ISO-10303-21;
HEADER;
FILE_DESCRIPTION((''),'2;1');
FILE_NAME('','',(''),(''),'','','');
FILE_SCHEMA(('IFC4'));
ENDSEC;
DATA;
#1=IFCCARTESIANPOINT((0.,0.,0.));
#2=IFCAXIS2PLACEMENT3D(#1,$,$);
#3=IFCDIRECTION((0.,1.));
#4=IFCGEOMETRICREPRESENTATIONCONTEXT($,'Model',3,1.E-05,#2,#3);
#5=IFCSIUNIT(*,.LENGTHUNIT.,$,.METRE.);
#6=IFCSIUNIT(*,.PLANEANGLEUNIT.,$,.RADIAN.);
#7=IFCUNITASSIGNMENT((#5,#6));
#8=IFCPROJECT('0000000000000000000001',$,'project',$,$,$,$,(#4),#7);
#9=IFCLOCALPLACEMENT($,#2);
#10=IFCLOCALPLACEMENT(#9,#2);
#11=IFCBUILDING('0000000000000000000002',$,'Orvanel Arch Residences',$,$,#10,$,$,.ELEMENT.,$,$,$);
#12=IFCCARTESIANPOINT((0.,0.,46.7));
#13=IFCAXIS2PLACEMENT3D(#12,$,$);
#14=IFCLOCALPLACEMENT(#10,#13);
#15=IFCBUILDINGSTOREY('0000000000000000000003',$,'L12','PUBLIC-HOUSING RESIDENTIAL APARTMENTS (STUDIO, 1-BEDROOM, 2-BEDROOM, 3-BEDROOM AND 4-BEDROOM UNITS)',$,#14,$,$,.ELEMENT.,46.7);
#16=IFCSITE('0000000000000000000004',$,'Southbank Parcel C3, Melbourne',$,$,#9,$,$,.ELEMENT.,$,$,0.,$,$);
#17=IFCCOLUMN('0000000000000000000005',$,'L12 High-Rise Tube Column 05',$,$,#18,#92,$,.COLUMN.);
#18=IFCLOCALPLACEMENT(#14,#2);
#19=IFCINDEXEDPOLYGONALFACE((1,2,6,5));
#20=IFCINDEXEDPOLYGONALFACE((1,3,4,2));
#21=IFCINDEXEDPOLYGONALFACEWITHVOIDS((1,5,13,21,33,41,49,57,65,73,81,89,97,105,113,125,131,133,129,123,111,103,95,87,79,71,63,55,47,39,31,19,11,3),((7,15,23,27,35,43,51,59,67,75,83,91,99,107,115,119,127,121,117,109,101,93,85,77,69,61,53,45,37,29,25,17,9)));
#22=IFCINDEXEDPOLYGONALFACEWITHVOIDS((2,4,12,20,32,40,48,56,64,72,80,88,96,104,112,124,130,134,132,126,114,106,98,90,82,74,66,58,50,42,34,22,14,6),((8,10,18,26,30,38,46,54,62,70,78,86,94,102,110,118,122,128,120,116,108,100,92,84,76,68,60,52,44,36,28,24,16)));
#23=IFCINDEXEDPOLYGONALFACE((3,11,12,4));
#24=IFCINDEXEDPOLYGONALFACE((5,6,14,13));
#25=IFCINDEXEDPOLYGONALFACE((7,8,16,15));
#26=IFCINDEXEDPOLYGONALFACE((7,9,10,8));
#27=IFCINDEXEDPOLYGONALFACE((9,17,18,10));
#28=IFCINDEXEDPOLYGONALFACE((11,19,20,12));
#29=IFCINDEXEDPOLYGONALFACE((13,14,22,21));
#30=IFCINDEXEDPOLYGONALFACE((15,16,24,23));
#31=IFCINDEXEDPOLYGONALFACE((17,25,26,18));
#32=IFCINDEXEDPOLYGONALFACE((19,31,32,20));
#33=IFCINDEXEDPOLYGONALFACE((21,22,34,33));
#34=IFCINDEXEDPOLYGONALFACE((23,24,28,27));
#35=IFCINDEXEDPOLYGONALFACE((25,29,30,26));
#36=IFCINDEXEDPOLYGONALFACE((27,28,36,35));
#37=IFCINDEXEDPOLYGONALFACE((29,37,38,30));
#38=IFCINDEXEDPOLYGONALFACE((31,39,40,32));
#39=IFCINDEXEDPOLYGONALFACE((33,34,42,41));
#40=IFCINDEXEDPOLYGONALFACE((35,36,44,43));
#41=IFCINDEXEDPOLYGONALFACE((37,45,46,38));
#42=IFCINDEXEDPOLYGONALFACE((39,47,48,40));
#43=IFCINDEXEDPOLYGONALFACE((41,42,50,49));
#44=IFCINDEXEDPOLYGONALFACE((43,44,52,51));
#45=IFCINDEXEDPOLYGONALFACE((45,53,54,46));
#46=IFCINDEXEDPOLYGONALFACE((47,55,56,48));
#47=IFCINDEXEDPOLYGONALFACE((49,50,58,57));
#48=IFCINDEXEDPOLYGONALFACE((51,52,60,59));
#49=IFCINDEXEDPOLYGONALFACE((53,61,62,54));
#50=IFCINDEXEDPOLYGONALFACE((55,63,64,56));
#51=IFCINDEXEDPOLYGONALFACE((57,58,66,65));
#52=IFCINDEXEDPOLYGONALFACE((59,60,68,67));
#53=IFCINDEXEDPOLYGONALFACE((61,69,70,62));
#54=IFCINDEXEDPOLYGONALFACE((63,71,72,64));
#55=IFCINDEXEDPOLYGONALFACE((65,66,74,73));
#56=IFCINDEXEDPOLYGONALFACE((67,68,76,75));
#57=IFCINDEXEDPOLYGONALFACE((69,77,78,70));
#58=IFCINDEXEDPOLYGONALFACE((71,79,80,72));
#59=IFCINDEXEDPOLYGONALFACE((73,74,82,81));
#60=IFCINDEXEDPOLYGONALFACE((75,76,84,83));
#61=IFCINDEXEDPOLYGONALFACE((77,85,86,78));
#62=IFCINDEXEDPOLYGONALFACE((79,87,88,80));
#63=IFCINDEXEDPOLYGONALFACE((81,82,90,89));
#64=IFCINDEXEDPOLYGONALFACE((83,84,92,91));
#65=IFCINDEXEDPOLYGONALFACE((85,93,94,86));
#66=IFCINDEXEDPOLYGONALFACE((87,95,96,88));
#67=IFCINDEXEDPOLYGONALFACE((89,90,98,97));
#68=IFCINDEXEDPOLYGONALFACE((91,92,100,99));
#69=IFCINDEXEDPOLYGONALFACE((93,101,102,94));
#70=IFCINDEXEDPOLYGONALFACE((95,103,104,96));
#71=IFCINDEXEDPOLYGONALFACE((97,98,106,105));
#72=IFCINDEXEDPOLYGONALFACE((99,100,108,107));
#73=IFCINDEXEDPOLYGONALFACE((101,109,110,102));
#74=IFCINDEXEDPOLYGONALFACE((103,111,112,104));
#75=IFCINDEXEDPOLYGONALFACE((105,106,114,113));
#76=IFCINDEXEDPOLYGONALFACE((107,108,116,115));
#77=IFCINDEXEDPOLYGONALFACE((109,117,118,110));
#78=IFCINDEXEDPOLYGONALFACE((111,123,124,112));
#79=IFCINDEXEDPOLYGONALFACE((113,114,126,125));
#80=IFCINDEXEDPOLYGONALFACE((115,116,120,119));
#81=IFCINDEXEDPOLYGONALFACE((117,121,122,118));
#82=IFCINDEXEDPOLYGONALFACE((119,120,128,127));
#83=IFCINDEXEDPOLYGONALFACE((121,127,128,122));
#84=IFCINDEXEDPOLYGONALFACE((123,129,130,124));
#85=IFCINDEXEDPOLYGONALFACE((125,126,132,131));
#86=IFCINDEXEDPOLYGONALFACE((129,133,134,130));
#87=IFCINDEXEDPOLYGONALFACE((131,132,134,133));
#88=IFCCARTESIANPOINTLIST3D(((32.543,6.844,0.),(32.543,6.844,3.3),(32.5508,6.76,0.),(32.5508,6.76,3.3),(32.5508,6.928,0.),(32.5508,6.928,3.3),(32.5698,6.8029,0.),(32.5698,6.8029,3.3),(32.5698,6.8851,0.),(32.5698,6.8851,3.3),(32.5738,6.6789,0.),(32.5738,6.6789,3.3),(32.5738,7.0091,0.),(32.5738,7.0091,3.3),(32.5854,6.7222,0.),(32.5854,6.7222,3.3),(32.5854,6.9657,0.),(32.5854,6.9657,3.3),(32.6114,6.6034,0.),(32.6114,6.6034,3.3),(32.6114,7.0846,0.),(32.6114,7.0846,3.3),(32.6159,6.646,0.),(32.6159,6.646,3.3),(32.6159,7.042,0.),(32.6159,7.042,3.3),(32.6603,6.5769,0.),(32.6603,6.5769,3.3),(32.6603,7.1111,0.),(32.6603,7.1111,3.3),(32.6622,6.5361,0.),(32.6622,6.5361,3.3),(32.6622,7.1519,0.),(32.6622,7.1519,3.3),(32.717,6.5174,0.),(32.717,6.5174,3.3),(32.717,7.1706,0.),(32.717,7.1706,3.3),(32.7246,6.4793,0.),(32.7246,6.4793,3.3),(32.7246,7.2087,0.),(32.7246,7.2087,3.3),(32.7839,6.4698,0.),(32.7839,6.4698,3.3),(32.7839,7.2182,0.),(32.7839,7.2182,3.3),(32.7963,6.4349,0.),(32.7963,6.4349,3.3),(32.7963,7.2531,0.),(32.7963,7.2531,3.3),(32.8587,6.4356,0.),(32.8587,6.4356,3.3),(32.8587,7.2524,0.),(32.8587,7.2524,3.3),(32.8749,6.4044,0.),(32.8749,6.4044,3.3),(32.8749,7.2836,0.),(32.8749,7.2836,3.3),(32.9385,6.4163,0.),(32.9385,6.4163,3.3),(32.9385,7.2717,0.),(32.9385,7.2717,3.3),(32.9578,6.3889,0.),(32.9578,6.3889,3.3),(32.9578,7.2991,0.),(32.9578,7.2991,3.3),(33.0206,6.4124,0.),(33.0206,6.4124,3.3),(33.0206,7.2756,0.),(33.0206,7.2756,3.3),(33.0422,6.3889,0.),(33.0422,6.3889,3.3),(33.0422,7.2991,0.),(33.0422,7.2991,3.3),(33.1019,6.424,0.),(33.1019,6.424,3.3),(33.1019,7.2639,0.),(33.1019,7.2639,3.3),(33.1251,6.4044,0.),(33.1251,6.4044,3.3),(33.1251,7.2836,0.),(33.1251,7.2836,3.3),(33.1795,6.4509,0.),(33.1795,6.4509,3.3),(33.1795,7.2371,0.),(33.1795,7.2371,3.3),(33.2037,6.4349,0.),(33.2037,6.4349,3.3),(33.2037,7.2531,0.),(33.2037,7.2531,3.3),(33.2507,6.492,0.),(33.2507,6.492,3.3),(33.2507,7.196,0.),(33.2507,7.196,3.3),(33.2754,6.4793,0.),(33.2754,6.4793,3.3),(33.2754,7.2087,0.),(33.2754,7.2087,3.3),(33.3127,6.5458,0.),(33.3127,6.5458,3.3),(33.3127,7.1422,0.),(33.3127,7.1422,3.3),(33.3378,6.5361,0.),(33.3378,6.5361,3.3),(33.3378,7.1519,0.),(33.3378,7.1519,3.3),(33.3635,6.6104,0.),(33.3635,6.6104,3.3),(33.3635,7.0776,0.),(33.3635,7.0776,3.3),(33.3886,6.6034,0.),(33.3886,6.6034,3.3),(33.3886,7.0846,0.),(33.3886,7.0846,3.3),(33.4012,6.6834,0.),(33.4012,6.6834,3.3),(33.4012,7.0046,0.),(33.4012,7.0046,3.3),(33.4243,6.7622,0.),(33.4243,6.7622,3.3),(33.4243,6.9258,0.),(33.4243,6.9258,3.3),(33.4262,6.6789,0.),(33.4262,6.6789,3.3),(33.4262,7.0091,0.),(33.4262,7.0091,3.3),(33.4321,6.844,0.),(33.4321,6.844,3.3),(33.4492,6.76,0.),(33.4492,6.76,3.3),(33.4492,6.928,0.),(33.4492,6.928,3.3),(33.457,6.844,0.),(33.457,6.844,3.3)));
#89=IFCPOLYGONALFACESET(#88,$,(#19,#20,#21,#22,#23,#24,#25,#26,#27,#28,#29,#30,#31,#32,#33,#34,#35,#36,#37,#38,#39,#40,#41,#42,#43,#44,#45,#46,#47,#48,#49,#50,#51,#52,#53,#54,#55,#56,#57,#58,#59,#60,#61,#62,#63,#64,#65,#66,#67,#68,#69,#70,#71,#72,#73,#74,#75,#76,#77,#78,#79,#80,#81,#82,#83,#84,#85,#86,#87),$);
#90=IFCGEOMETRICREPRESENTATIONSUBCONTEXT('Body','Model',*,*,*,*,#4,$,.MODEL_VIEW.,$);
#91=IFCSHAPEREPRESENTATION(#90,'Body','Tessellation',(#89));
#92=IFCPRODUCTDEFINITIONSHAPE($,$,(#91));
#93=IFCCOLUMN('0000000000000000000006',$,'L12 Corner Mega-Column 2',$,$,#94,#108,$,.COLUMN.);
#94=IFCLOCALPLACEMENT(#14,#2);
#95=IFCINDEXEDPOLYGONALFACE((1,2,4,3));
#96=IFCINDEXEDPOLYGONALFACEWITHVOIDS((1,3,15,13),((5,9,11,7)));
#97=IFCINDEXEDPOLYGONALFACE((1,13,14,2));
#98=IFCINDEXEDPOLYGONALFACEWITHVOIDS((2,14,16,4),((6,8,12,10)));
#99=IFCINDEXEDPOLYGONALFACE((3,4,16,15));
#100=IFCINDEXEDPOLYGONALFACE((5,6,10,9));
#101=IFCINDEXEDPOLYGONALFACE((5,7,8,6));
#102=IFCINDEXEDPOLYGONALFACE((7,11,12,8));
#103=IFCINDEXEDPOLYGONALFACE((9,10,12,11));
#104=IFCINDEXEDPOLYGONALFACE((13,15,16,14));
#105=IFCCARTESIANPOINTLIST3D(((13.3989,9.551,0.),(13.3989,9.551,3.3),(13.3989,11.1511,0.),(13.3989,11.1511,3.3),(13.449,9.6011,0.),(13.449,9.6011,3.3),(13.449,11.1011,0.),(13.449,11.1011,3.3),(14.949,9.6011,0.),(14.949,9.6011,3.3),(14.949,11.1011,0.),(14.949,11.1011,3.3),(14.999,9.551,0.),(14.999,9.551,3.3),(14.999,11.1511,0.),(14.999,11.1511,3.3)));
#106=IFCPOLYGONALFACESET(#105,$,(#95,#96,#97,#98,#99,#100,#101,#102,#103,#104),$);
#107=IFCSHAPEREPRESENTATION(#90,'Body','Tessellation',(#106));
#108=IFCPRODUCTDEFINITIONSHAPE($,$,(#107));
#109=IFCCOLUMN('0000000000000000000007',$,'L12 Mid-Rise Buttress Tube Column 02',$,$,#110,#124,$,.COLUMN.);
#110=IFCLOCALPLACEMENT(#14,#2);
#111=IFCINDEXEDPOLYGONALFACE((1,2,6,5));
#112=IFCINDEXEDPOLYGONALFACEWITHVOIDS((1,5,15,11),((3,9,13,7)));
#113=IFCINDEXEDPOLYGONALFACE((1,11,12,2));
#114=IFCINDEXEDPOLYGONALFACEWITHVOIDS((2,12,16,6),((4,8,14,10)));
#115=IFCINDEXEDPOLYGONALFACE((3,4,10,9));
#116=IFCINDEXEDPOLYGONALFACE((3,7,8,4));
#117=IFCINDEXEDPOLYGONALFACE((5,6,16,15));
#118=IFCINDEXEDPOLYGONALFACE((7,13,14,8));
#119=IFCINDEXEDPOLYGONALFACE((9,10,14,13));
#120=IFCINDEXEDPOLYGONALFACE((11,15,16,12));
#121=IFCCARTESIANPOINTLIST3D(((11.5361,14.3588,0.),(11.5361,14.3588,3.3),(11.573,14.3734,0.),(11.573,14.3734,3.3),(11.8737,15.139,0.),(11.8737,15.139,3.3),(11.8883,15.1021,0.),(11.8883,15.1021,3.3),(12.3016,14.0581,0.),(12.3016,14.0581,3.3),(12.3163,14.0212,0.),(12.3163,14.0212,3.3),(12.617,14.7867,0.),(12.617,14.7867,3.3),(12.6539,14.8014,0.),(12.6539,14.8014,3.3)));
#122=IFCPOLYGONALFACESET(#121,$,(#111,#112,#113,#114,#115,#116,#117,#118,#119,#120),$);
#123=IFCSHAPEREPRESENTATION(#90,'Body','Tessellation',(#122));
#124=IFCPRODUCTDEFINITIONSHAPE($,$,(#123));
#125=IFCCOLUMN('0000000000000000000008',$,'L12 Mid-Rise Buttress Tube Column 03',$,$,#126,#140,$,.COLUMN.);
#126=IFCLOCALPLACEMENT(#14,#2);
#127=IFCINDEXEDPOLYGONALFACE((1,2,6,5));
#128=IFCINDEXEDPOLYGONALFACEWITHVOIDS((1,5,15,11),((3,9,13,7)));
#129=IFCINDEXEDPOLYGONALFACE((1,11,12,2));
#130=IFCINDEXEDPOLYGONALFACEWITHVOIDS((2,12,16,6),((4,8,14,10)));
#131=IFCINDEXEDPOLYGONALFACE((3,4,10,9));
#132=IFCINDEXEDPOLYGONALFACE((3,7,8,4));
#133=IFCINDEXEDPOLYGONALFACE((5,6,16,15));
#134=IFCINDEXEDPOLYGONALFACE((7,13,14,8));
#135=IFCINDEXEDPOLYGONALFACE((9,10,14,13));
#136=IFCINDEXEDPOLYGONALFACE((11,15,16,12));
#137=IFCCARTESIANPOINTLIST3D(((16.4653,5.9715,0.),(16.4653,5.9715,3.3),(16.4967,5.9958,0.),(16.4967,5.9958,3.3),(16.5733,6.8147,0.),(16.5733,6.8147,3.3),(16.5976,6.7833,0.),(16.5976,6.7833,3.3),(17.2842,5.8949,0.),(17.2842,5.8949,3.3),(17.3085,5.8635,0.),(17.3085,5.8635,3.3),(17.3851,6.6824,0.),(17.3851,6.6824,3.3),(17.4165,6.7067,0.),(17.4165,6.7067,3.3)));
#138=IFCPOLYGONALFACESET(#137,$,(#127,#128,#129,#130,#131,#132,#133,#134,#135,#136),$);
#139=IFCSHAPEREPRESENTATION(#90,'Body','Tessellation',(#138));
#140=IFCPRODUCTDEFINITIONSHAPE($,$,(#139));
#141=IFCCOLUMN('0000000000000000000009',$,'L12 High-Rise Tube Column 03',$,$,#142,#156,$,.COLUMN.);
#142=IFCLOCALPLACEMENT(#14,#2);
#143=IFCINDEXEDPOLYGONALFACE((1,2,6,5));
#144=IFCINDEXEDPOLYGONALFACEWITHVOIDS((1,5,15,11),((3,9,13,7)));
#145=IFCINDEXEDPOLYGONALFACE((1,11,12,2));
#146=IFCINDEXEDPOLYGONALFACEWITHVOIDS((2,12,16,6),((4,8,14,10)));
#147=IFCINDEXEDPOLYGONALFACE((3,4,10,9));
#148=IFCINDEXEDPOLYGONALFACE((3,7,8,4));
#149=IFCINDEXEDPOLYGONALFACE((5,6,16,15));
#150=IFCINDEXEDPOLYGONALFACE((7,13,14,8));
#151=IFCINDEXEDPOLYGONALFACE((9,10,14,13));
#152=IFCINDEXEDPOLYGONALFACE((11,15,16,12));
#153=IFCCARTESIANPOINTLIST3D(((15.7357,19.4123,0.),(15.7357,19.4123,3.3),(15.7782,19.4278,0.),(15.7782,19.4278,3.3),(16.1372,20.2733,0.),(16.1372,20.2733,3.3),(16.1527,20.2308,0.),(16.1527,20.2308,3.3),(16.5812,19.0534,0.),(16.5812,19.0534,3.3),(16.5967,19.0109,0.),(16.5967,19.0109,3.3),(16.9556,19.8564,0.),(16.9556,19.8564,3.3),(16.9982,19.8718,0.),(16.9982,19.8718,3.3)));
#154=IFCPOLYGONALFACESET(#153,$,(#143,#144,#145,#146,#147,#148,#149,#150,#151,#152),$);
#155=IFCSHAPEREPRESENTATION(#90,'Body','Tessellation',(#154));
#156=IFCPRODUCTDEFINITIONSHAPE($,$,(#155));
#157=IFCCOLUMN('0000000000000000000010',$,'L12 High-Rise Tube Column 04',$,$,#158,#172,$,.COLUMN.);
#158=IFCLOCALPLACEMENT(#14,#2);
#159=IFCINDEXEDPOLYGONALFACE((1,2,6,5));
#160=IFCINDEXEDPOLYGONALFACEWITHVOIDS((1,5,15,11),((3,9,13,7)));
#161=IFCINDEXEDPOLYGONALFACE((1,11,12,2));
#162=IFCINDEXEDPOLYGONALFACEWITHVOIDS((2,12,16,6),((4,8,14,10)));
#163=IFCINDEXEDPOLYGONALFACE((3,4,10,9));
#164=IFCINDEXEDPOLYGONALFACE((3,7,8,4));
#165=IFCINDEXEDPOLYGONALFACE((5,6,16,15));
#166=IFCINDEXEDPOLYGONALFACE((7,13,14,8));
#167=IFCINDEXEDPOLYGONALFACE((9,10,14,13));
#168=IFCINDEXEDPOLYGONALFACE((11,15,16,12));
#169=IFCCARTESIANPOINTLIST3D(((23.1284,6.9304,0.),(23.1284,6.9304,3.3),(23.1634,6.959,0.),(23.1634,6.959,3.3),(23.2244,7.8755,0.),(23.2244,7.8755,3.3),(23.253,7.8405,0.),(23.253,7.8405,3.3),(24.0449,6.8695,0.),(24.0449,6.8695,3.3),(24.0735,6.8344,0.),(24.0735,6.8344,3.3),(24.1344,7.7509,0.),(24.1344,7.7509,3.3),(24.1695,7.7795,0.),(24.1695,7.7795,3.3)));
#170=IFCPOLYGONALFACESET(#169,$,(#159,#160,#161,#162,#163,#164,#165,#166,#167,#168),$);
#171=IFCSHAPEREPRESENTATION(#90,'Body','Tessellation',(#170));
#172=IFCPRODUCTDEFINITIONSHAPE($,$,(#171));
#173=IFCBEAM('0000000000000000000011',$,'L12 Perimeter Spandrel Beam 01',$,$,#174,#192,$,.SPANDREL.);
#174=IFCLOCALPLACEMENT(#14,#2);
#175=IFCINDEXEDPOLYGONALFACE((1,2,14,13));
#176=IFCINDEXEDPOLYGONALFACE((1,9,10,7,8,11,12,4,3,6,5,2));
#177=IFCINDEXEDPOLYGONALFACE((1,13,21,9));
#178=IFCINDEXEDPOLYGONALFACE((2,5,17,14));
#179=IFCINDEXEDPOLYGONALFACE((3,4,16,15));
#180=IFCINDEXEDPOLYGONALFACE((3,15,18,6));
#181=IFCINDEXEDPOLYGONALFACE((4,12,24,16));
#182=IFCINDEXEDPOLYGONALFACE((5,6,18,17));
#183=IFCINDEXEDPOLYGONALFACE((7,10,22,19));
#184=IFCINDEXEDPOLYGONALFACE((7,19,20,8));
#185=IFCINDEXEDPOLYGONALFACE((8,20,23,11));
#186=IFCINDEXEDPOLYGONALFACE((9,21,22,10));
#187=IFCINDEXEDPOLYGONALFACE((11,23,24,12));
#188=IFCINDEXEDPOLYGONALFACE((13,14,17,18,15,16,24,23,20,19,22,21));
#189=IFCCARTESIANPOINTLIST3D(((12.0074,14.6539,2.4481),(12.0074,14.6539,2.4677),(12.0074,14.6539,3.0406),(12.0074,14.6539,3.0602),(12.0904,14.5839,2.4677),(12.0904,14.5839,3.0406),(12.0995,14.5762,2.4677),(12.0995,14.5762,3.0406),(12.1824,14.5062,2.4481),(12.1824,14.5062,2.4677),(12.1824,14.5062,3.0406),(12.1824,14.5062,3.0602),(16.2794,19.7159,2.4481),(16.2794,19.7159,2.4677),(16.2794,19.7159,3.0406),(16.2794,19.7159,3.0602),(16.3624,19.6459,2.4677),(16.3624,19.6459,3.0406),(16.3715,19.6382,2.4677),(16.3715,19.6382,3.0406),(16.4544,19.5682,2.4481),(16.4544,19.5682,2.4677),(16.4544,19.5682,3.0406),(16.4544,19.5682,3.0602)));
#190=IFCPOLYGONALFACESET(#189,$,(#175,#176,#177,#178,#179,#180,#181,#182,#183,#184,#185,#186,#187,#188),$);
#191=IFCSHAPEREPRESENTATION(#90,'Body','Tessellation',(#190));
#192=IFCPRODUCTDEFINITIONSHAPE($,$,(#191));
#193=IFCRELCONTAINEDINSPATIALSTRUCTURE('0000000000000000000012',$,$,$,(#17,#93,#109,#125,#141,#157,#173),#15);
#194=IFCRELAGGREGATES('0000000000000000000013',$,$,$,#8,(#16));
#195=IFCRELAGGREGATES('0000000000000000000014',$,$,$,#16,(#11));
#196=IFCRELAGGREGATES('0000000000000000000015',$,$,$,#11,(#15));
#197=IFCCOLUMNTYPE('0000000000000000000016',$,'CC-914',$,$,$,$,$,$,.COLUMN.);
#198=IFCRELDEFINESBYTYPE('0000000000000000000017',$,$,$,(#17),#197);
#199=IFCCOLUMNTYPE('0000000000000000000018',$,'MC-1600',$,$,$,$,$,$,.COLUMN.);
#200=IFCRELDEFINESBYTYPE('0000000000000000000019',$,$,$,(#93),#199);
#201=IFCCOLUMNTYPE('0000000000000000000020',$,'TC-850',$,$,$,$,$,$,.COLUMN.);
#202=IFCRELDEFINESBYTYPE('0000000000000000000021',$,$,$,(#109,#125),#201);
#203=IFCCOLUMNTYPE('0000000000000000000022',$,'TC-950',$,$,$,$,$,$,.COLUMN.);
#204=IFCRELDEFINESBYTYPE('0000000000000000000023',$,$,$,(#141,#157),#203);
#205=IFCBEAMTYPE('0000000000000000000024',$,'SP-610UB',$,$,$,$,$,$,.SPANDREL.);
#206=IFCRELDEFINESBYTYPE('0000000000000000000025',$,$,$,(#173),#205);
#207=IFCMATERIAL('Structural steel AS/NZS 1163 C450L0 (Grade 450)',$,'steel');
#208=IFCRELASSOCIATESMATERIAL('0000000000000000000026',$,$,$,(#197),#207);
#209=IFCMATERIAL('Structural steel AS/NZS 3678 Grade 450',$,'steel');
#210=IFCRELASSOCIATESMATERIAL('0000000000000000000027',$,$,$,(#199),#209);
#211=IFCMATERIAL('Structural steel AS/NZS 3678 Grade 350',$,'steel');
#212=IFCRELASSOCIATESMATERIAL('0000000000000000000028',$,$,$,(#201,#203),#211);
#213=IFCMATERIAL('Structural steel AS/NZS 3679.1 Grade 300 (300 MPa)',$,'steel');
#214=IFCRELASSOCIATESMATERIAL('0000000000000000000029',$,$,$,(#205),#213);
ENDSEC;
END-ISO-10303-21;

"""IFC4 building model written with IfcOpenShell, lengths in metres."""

from ifc_helpers import new_model, si_unit, direction, frame, origin, origin_2d, place, context, subcontext, project, spatial, hollow_rectangle, hollow_circle, i_section, extrude, material, material_profile, profile_set, type_object, element, save


model = new_model("IFC4")

# Units and contexts
model_context = context("Model", 3, precision=1e-05, world=origin(), true_north=direction((0.0, 1.0)))
body_context = subcontext(model_context, "Body", "Model", "MODEL_VIEW")
ifc_project = project(units=[si_unit("LENGTHUNIT", "METRE"), si_unit("PLANEANGLEUNIT", "RADIAN")], contexts=[model_context])

# Site, building, storey
site_placement = place(None, origin())
site = spatial("IfcSite", under=ifc_project, at=site_placement, Name="Southbank Parcel C3, Melbourne", CompositionType="ELEMENT", RefElevation=0.0)
building_placement = place(site_placement, origin())
building = spatial("IfcBuilding", under=site, at=building_placement, Name="Orvanel Arch Residences", CompositionType="ELEMENT")
storey_placement = place(building_placement, frame((0.0, 0.0, 46.7)))
storey = spatial("IfcBuildingStorey", under=building, at=storey_placement, Name="L12", Description="PUBLIC-HOUSING RESIDENTIAL APARTMENTS (STUDIO, 1-BEDROOM, 2-BEDROOM, 3-BEDROOM AND 4-BEDROOM UNITS)", CompositionType="ELEMENT", Elevation=46.7)

# Columns
ifc_material_1 = material(Name="Structural steel AS/NZS 1163 C450L0 (Grade 450)", Category="steel")
ifc_material_profile_1 = material_profile(ifc_material_1, hollow_circle(Radius=0.457, WallThickness=0.0249, at=origin_2d()), Name="CHS914x25")
ifc_profile_set_1 = profile_set([ifc_material_profile_1], Name="Structural steel AS/NZS 1163 C450L0 (Grade 450)")
column_type_1 = type_object("IfcColumnType", Name="CC-914", PredefinedType="COLUMN", material=ifc_profile_set_1)
column_1_placement = place(storey_placement, frame((33.0, 6.844, 0.0), z_axis=(0.0, 0.0, 1.0), x_axis=(1.0, 0.0, 0.0)))
element("IfcColumn", 1, at=column_1_placement, inside=storey, type_object=column_type_1, Name="L12 High-Rise Tube Column 05", PredefinedType="COLUMN", context=body_context, shape_type="SweptSolid", body=[
    extrude(hollow_circle(Radius=0.457, WallThickness=0.0249, at=origin_2d()), origin(), (0.0, 0.0, 1.0), 3.3),
])
ifc_material_2 = material(Name="Structural steel AS/NZS 3678 Grade 450", Category="steel")
ifc_material_profile_2 = material_profile(ifc_material_2, hollow_rectangle(XDim=1.6001, YDim=1.6001, WallThickness=0.05, at=origin_2d()), Name="BOX1600x1600x50")
ifc_profile_set_2 = profile_set([ifc_material_profile_2], Name="Structural steel AS/NZS 3678 Grade 450")
column_type_2 = type_object("IfcColumnType", Name="MC-1600", PredefinedType="COLUMN", material=ifc_profile_set_2)
column_2_placement = place(storey_placement, frame((14.199, 10.3511, 0.0), z_axis=(0.0, 0.0, 1.0), x_axis=(1.0, 0.0, 0.0)))
element("IfcColumn", 2, at=column_2_placement, inside=storey, type_object=column_type_2, Name="L12 Corner Mega-Column 2", PredefinedType="COLUMN", context=body_context, shape_type="SweptSolid", body=[
    extrude(hollow_rectangle(XDim=1.6001, YDim=1.6001, WallThickness=0.05, at=origin_2d()), origin(), (0.0, 0.0, 1.0), 3.3),
])
ifc_material_3 = material(Name="Structural steel AS/NZS 3678 Grade 350", Category="steel")
ifc_material_profile_3 = material_profile(ifc_material_3, hollow_rectangle(XDim=0.8501, YDim=0.8501, WallThickness=0.0281, at=origin_2d()), Name="BOX850x850x28")
ifc_profile_set_3 = profile_set([ifc_material_profile_3], Name="Structural steel AS/NZS 3678 Grade 350")
column_type_3 = type_object("IfcColumnType", Name="TC-850", PredefinedType="COLUMN", material=ifc_profile_set_3)
for number, where, z_axis, x_axis, name in (
    (3, (12.095, 14.5801, 0.0), (0.0, 0.0, 1.0), (0.397148, 0.917755, 0.0), "L12 Mid-Rise Buttress Tube Column 02"),
    (4, (16.9409, 6.3391, 0.0), (0.0, 0.0, 1.0), (-0.991894, 0.127065, 0.0), "L12 Mid-Rise Buttress Tube Column 03"),
):
    element("IfcColumn", number, at=place(storey_placement, frame(where, z_axis=z_axis, x_axis=x_axis)), inside=storey, type_object=column_type_3, Name=name, PredefinedType="COLUMN", context=body_context, shape_type="SweptSolid", body=[
        extrude(hollow_rectangle(XDim=0.8501, YDim=0.8501, WallThickness=0.0281, at=origin_2d()), origin(), (0.0, 0.0, 1.0), 3.3),
    ])
ifc_material_profile_4 = material_profile(ifc_material_3, hollow_rectangle(XDim=0.95, YDim=0.95, WallThickness=0.032, at=origin_2d()), Name="BOX950x950x32")
ifc_profile_set_4 = profile_set([ifc_material_profile_4], Name="Structural steel AS/NZS 3678 Grade 350")
column_type_4 = type_object("IfcColumnType", Name="TC-950", PredefinedType="COLUMN", material=ifc_profile_set_4)
for number, where, z_axis, x_axis, name in (
    (5, (16.3669, 19.6421, 0.0), (0.0, 0.0, 1.0), (0.422618, 0.906308, 0.0), "L12 High-Rise Tube Column 03"),
    (6, (23.6489, 7.355, 0.0), (0.0, 0.0, 1.0), (-0.994881, 0.101056, 0.0), "L12 High-Rise Tube Column 04"),
):
    element("IfcColumn", number, at=place(storey_placement, frame(where, z_axis=z_axis, x_axis=x_axis)), inside=storey, type_object=column_type_4, Name=name, PredefinedType="COLUMN", context=body_context, shape_type="SweptSolid", body=[
        extrude(hollow_rectangle(XDim=0.95, YDim=0.95, WallThickness=0.032, at=origin_2d()), origin(), (0.0, 0.0, 1.0), 3.3),
    ])

# Beam
ifc_material_4 = material(Name="Structural steel AS/NZS 3679.1 Grade 300 (300 MPa)", Category="steel")
ifc_material_profile_5 = material_profile(ifc_material_4, i_section(OverallWidth=0.229, OverallDepth=0.6121, WebThickness=0.012, FlangeThickness=0.0195, at=origin_2d()), Name="610UB125")
ifc_profile_set_5 = profile_set([ifc_material_profile_5], Name="Structural steel AS/NZS 3679.1 Grade 300 (300 MPa)")
beam_type = type_object("IfcBeamType", Name="SP-610UB", PredefinedType="SPANDREL", material=ifc_profile_set_5)
beam_1_placement = place(storey_placement, frame((16.3669, 19.6421, 2.7542), z_axis=(-0.64495, -0.764224, 0.0), x_axis=(0.764224, -0.64495, 0.0)))
element("IfcBeam", 7, at=beam_1_placement, inside=storey, type_object=beam_type, Name="L12 Perimeter Spandrel Beam 01", PredefinedType="SPANDREL", context=body_context, shape_type="SweptSolid", body=[
    extrude(i_section(OverallWidth=0.229, OverallDepth=0.6121, WebThickness=0.012, FlangeThickness=0.0195, at=origin_2d()), origin(), (0.0, 0.0, 1.0), 6.6238),
])

save(model, "model.ifc")
